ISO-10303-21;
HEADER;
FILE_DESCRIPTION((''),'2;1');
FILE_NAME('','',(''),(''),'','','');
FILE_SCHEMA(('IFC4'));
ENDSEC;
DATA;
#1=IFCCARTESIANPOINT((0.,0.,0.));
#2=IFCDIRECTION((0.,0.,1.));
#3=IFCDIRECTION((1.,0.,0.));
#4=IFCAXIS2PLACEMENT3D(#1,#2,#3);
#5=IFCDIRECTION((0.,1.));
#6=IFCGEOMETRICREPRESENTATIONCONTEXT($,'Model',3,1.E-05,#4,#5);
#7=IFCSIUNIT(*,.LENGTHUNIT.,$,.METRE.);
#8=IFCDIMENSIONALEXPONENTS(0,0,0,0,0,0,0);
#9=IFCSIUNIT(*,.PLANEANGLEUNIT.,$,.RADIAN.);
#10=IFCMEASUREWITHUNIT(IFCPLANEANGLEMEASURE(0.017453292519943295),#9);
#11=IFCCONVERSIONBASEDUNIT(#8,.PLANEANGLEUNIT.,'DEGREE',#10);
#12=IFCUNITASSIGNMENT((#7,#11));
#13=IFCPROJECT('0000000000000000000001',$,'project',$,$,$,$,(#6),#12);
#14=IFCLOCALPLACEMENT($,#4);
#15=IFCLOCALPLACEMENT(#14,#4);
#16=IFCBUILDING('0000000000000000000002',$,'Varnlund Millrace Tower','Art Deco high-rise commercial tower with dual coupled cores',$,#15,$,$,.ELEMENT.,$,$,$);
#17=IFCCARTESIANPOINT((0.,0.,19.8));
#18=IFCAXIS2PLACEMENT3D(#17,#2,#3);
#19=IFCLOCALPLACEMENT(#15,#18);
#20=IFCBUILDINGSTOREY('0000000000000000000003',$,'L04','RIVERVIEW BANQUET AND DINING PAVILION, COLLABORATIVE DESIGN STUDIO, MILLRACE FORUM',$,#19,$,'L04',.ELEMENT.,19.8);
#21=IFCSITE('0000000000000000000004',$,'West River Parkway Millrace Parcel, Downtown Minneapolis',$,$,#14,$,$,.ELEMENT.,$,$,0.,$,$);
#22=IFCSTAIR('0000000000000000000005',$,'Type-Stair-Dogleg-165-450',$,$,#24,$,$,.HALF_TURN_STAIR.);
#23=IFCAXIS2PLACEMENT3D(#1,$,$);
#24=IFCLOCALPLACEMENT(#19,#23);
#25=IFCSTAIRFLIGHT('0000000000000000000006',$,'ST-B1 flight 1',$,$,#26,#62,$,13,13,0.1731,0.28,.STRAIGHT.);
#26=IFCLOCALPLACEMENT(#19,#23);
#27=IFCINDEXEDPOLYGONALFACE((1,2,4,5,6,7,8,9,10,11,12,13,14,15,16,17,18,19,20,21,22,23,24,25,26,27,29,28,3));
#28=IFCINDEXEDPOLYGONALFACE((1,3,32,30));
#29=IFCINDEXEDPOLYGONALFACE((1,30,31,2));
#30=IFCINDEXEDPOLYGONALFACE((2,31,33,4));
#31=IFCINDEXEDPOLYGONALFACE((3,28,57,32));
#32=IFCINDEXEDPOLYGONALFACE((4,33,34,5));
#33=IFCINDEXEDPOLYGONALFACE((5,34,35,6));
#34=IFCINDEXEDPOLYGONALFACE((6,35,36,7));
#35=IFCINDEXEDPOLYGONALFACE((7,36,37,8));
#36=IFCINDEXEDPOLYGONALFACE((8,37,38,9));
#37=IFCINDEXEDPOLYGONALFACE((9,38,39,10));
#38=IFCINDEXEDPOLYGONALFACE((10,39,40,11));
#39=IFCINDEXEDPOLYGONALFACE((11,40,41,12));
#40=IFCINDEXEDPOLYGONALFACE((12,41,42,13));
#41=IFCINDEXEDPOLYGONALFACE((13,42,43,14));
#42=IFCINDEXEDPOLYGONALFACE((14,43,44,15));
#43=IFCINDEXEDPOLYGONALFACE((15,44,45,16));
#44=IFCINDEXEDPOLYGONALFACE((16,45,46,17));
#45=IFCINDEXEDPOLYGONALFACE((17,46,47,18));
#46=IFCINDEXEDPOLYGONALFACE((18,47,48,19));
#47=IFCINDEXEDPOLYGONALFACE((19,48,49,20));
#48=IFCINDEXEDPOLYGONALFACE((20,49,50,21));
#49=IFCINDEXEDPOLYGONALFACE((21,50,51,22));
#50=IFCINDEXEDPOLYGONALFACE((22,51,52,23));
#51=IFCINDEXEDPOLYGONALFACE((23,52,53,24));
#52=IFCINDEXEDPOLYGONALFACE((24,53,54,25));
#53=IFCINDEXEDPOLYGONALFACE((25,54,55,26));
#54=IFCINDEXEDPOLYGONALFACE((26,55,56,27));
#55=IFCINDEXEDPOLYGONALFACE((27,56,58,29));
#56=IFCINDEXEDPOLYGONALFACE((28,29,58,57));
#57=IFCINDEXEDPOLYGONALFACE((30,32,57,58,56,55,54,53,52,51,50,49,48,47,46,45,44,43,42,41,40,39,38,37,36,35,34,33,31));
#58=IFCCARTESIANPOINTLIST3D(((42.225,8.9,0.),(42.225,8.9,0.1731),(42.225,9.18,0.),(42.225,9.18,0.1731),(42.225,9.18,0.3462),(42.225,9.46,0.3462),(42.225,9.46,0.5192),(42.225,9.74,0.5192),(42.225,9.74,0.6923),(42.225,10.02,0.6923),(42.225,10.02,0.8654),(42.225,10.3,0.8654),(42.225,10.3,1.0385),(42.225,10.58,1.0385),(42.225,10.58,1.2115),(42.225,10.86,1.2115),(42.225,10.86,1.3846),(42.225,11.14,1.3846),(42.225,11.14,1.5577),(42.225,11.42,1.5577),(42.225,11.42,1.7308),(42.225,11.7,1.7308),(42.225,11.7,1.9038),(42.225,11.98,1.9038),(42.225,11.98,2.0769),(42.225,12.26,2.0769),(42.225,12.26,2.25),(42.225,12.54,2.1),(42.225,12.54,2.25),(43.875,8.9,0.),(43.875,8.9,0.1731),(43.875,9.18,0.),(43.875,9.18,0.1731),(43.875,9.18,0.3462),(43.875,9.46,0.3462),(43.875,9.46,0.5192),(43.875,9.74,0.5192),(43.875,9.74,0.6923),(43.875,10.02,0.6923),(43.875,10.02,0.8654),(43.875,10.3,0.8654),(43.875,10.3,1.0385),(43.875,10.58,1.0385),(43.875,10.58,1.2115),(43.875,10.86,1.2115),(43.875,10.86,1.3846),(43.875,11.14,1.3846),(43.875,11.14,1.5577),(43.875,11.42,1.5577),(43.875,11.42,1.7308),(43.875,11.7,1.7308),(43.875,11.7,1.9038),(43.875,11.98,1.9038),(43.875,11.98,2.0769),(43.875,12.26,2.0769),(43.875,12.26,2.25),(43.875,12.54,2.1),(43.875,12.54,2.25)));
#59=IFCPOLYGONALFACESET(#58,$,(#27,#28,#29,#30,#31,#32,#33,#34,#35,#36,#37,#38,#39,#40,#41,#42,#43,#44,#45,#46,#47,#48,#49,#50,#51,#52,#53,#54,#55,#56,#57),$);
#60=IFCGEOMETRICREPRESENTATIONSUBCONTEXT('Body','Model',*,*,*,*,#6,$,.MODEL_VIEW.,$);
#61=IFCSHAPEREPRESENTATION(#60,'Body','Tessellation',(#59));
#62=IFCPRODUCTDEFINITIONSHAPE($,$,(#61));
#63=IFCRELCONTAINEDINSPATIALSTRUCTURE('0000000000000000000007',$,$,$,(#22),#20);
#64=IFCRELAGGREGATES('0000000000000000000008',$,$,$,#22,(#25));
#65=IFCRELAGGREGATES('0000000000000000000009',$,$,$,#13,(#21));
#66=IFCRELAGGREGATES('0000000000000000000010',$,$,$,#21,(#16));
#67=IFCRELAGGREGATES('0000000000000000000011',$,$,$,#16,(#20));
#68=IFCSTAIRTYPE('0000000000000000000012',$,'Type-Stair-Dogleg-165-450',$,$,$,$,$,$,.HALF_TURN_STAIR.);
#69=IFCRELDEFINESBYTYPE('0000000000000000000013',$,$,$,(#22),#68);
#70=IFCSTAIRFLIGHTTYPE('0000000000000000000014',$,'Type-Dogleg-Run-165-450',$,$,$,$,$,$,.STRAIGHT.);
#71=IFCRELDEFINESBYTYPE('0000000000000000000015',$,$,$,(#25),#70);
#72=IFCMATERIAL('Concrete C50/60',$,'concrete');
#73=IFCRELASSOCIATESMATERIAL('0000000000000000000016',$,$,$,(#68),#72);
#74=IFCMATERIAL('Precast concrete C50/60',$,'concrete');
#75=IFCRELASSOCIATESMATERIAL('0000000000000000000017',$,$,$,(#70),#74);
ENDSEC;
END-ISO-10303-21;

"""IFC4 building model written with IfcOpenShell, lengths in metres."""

from ifc_helpers import new_model, entity, si_unit, converted_unit, direction, frame, origin_with_axes, place, context, subcontext, project, spatial, polyline, outline, extrude, material, type_object, element, aggregate, save


model = new_model("IFC4")

# Units and contexts
model_context = context("Model", 3, precision=1e-05, world=origin_with_axes(), true_north=direction((0.0, 1.0)))
body_context = subcontext(model_context, "Body", "Model", "MODEL_VIEW")
ifc_project = project(units=[si_unit("LENGTHUNIT", "METRE"), converted_unit("PLANEANGLEUNIT", "DEGREE", entity("IfcPlaneAngleMeasure", 0.017453292519943295), si_unit("PLANEANGLEUNIT", "RADIAN"), dimensions=[0, 0, 0, 0, 0, 0, 0])], contexts=[model_context])

# Site, building, storey
site_placement = place(None, origin_with_axes())
site = spatial("IfcSite", under=ifc_project, at=site_placement, Name="West River Parkway Millrace Parcel, Downtown Minneapolis", CompositionType="ELEMENT", RefElevation=0.0)
building_placement = place(site_placement, origin_with_axes())
building = spatial("IfcBuilding", under=site, at=building_placement, Name="Varnlund Millrace Tower", Description="Art Deco high-rise commercial tower with dual coupled cores", CompositionType="ELEMENT")
storey_placement = place(building_placement, frame((0.0, 0.0, 19.8), z_axis=(0.0, 0.0, 1.0), x_axis=(1.0, 0.0, 0.0)))
storey = spatial("IfcBuildingStorey", under=building, at=storey_placement, Name="L04", Description="RIVERVIEW BANQUET AND DINING PAVILION, COLLABORATIVE DESIGN STUDIO, MILLRACE FORUM", LongName="L04", CompositionType="ELEMENT", Elevation=19.8)

# Stair, stair flight
ifc_material_1 = material(Name="Concrete C50/60", Category="concrete")
stair_type = type_object("IfcStairType", Name="Type-Stair-Dogleg-165-450", PredefinedType="HALF_TURN_STAIR", material=ifc_material_1)
stair_placement = place(storey_placement, origin_with_axes())
stair = element("IfcStair", 1, at=stair_placement, inside=storey, type_object=stair_type, Name="Type-Stair-Dogleg-165-450", PredefinedType="HALF_TURN_STAIR")
ifc_material_2 = material(Name="Precast concrete C50/60", Category="concrete")
stair_flight_type = type_object("IfcStairFlightType", Name="Type-Dogleg-Run-165-450", PredefinedType="STRAIGHT", material=ifc_material_2)
stair_flight_placement = place(storey_placement, frame((42.225, 8.9, 0.0), z_axis=(1.0, 0.0, 0.0), x_axis=(0.0, 1.0, 0.0)))
stair_flight = element("IfcStairFlight", 2, at=stair_flight_placement, type_object=stair_flight_type, Name="ST-B1 flight 1", NumberOfRisers=13, NumberOfTreads=13, PredefinedType="STRAIGHT", RiserHeight=0.1731, TreadLength=0.28, context=body_context, shape_type="SweptSolid", body=[
    extrude(outline(polyline([(0.0, 0.0), (0.0, 0.1731), (0.28, 0.1731), (0.28, 0.3462), (0.56, 0.3462), (0.56, 0.5192), (0.84, 0.5192), (0.84, 0.6923), (1.12, 0.6923), (1.12, 0.8654), (1.4, 0.8654), (1.4, 1.0385), (1.68, 1.0385), (1.68, 1.2115), (1.96, 1.2115), (1.96, 1.3846), (2.24, 1.3846), (2.24, 1.5577), (2.52, 1.5577), (2.52, 1.7308), (2.8, 1.7308), (2.8, 1.9038), (3.08, 1.9038), (3.08, 2.0769), (3.36, 2.0769), (3.36, 2.25), (3.64, 2.25), (3.64, 2.1), (0.28, 0.0), (0.0, 0.0)])), origin_with_axes(), (0.0, 0.0, 1.0), 1.65),
])
aggregate(stair, [stair_flight])

save(model, "model.ifc")
